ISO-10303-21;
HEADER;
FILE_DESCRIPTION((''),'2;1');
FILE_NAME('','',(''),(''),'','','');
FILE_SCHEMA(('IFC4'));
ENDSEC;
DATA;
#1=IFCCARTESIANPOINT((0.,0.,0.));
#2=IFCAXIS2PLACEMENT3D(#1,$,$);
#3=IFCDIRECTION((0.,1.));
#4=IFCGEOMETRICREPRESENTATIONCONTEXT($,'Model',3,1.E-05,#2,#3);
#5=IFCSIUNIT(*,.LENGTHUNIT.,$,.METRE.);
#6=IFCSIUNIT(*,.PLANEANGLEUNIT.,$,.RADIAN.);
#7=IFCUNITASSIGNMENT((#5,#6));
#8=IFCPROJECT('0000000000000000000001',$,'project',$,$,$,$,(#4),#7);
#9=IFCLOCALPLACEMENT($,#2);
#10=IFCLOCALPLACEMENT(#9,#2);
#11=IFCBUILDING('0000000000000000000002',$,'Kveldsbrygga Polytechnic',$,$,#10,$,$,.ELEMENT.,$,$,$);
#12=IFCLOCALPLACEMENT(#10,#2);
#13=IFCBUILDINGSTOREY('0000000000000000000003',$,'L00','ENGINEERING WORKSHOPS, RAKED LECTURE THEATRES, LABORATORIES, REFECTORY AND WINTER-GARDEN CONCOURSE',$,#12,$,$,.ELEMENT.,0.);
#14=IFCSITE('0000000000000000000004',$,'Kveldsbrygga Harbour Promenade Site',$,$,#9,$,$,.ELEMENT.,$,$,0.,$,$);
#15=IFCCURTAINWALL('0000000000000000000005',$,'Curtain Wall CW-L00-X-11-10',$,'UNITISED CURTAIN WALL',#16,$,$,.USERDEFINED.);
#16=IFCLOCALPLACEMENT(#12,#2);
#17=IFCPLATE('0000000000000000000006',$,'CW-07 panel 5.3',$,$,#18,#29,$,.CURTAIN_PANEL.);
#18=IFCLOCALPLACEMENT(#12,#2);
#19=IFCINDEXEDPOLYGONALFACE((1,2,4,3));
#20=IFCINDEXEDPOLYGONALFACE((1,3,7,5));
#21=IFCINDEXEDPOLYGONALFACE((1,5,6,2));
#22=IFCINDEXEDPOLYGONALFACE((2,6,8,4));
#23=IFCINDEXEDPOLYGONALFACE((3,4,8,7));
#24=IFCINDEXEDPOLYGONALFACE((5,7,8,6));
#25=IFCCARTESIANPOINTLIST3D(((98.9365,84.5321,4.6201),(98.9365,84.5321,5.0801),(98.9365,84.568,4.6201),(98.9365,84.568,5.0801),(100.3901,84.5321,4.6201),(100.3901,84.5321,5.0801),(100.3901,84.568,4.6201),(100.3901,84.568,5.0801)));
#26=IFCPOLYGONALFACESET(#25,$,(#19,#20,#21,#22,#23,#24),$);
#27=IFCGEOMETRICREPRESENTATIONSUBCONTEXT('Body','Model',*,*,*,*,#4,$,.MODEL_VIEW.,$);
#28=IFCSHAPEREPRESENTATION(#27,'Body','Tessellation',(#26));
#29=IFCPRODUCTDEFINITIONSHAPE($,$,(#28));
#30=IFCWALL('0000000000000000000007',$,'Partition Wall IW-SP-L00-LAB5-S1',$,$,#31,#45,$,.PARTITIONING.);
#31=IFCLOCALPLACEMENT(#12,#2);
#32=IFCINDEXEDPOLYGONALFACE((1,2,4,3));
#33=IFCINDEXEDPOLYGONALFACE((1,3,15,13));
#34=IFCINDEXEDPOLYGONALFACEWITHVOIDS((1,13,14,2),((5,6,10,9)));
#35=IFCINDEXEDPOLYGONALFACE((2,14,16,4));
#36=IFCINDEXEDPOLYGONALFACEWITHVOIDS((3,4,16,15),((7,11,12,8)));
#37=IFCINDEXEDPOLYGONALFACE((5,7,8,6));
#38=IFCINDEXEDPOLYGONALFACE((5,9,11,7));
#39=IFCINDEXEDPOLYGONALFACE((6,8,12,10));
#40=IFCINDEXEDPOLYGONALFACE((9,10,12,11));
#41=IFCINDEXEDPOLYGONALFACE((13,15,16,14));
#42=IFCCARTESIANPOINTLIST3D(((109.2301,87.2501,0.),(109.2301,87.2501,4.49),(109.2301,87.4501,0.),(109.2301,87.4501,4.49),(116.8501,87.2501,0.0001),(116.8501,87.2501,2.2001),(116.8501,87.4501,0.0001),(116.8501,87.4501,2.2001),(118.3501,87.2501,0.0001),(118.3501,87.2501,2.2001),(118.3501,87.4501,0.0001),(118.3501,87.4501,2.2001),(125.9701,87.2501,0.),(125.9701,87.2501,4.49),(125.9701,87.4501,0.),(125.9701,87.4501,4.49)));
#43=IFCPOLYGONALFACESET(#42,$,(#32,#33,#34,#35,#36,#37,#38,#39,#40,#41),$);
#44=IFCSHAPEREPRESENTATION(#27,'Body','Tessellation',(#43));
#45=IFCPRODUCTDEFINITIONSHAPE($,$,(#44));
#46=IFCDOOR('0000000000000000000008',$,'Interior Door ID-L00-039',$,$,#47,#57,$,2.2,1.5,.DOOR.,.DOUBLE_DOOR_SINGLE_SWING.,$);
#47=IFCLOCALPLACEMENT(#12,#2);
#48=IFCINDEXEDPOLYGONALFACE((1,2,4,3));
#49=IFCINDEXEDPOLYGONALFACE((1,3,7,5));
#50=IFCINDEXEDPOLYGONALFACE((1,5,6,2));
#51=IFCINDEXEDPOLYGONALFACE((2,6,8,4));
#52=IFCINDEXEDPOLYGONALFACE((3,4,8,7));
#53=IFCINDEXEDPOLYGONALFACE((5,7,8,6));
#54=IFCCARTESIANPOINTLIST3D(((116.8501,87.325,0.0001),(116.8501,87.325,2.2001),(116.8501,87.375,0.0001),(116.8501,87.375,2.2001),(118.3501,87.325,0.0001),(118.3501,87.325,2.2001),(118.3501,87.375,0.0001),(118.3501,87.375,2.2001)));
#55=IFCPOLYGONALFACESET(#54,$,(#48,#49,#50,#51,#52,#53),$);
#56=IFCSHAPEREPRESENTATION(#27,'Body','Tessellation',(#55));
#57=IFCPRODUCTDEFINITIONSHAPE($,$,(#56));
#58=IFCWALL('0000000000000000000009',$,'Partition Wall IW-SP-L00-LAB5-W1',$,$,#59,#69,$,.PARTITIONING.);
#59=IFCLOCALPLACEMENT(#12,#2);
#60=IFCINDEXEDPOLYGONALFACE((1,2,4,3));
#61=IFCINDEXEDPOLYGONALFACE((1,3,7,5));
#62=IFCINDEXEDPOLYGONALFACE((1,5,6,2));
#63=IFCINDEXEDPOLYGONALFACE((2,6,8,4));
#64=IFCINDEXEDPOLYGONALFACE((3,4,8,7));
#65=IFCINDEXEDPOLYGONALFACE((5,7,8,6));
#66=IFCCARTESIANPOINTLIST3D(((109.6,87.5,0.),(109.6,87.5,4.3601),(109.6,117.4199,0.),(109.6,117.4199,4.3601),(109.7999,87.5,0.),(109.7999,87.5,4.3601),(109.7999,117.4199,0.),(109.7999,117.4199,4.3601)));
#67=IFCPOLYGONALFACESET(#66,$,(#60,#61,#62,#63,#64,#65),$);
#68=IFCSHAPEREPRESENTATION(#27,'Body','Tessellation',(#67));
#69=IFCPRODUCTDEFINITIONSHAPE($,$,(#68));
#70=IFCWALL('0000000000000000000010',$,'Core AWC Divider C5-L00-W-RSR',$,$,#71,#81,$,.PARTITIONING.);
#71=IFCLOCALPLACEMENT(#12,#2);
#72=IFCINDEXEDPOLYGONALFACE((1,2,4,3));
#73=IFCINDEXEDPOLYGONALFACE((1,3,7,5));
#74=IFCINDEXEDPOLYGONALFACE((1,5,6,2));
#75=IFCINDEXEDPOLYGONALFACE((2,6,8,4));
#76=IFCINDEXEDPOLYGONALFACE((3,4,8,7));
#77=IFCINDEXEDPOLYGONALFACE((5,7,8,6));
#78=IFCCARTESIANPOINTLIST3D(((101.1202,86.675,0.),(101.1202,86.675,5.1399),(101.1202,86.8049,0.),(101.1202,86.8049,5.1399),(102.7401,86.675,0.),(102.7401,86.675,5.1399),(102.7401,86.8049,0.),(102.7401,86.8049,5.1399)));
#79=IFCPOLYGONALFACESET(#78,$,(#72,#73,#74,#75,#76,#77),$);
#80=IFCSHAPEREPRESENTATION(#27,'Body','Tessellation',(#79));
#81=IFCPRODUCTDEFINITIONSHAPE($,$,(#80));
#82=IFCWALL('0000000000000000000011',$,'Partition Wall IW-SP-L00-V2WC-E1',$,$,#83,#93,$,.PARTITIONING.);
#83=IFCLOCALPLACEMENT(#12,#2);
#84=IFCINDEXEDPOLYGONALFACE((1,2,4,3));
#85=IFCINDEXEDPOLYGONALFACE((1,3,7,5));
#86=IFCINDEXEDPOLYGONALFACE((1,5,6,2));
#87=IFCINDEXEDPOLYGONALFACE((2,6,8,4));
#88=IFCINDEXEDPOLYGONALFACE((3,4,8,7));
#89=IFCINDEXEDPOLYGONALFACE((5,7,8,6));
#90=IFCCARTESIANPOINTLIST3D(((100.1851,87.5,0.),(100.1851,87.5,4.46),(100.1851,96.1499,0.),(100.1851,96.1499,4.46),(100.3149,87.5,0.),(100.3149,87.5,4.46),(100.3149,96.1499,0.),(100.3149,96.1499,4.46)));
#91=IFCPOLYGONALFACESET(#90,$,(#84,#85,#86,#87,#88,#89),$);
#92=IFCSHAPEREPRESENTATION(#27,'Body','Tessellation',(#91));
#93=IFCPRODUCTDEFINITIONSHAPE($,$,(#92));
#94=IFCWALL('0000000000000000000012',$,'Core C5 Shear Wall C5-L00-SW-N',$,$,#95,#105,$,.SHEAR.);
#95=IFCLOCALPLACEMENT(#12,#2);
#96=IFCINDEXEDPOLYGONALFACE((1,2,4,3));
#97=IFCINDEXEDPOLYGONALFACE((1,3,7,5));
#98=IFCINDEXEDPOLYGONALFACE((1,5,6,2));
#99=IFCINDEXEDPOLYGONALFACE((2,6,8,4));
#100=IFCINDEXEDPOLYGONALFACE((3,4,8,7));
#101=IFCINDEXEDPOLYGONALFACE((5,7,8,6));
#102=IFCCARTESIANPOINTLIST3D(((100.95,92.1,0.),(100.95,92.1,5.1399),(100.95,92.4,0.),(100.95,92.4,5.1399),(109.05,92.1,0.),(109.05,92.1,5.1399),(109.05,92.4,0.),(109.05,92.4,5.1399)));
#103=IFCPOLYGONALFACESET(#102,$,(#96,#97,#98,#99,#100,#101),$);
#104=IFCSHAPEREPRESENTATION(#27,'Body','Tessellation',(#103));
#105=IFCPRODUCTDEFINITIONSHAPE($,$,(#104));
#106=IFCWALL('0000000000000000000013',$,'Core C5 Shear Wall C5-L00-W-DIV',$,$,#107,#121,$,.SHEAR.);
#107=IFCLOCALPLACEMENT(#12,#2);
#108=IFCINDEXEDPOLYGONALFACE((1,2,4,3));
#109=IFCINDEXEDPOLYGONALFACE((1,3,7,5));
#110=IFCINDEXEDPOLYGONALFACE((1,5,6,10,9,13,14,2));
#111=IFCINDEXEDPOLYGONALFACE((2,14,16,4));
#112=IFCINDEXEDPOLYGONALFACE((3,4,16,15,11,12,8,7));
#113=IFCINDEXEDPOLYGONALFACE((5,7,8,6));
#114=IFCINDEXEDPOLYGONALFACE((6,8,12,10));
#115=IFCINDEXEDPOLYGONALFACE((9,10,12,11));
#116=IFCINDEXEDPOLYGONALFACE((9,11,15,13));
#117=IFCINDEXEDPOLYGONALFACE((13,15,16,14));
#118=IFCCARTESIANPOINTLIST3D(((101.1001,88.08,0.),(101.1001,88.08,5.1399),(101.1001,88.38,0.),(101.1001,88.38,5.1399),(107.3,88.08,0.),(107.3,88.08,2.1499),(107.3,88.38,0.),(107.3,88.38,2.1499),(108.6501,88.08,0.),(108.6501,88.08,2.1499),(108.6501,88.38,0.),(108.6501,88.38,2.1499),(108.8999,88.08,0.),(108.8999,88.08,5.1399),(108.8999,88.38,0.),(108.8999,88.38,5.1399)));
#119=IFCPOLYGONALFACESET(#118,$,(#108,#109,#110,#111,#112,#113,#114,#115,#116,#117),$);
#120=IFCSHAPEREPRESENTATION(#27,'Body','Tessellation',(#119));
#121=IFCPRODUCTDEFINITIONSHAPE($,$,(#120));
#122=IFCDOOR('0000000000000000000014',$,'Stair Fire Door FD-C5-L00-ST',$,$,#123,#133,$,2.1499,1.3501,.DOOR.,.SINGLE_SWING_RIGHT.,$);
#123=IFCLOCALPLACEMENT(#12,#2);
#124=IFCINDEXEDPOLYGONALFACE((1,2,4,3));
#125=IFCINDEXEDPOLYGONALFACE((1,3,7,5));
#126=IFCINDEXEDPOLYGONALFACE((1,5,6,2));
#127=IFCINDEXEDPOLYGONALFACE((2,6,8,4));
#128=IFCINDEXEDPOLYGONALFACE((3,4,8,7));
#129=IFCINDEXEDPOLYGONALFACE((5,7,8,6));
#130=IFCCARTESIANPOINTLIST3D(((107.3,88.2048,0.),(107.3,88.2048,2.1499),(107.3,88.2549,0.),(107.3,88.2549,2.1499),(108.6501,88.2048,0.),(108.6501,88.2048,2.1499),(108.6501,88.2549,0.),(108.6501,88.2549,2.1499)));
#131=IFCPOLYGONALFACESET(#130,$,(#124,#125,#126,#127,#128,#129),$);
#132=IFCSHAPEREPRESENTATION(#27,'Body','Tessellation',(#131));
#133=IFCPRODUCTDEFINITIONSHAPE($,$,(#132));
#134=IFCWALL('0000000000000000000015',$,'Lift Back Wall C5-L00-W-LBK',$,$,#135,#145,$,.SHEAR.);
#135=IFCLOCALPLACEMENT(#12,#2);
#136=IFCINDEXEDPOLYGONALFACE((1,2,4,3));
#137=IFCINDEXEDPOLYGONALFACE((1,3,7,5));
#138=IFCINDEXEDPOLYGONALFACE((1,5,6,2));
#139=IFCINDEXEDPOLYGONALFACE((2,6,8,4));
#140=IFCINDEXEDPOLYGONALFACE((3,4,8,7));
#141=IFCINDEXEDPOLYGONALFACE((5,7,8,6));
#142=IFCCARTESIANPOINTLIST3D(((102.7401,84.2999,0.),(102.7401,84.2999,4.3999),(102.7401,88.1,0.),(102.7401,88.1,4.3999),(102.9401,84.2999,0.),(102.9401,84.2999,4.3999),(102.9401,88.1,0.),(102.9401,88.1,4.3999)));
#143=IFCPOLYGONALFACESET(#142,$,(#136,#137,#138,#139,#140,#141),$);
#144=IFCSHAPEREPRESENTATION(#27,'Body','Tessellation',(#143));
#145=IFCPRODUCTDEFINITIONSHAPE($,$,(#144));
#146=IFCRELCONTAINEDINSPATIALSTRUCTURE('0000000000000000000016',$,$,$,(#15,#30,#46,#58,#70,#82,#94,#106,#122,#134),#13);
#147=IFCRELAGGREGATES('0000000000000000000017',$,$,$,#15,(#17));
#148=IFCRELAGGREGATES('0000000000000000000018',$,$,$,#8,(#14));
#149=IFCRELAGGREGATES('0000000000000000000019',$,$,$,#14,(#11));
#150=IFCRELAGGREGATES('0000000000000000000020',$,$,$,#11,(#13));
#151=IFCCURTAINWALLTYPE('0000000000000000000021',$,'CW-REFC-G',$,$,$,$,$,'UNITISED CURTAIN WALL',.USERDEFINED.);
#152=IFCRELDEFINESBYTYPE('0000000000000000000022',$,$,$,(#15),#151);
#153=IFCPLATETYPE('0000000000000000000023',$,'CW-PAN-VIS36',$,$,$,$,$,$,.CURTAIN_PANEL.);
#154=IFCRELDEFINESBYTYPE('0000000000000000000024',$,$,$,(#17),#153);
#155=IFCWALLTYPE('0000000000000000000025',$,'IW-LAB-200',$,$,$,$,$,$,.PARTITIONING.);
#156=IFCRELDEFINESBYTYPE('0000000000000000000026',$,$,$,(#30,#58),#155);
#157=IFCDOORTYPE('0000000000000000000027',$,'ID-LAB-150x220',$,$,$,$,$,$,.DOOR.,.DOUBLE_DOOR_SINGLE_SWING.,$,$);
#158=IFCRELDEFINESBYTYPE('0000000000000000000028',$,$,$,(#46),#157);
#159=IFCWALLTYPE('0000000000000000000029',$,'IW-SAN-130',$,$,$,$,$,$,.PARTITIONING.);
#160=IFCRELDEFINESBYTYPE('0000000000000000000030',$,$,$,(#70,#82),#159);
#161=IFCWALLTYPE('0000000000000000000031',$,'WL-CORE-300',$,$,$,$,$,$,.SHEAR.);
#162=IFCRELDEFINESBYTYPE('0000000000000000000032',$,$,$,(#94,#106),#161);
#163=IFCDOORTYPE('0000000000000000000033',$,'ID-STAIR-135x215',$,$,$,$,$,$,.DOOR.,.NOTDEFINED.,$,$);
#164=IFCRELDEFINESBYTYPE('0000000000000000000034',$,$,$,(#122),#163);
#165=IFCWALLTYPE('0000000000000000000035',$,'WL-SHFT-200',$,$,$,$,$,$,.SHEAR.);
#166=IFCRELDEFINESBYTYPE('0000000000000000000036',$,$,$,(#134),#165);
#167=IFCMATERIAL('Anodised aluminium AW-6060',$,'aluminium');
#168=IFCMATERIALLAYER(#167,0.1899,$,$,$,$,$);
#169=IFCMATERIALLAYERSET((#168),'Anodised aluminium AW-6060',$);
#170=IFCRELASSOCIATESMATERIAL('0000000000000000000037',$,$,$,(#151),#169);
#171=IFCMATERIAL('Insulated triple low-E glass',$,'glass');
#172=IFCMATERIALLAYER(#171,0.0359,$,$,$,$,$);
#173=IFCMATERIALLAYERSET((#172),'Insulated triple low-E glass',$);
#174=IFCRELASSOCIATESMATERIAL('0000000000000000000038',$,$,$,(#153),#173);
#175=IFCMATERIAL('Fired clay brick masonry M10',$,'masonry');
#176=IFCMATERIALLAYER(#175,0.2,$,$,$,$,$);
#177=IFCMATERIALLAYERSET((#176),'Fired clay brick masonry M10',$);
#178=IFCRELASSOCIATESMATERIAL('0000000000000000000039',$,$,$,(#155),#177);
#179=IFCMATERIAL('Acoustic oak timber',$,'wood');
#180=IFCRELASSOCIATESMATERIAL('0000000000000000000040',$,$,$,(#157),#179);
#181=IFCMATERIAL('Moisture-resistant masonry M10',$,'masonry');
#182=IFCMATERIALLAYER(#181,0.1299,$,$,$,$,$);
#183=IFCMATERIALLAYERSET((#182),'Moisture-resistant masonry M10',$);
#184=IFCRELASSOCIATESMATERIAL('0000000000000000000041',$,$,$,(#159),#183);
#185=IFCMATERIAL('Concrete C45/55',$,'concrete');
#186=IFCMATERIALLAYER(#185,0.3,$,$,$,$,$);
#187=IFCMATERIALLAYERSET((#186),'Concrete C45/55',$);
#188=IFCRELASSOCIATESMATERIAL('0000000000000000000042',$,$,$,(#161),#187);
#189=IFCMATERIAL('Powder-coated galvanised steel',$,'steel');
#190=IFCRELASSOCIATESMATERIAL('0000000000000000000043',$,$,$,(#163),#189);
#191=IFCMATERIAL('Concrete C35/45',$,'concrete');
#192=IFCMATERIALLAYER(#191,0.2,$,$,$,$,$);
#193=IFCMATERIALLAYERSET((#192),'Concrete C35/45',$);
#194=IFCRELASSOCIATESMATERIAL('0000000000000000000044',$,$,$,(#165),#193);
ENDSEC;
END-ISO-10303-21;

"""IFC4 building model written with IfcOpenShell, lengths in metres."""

from ifc_helpers import new_model, si_unit, direction, frame, frame_2d, origin, origin_2d, place, context, subcontext, project, spatial, rectangle, extrude, material, layer, layer_set, type_object, element, fill, aggregate, save


model = new_model("IFC4")

# Units and contexts
model_context = context("Model", 3, precision=1e-05, world=origin(), true_north=direction((0.0, 1.0)))
body_context = subcontext(model_context, "Body", "Model", "MODEL_VIEW")
ifc_project = project(units=[si_unit("LENGTHUNIT", "METRE"), si_unit("PLANEANGLEUNIT", "RADIAN")], contexts=[model_context])

# Site, building, storey
site_placement = place(None, origin())
site = spatial("IfcSite", under=ifc_project, at=site_placement, Name="Kveldsbrygga Harbour Promenade Site", CompositionType="ELEMENT", RefElevation=0.0)
building_placement = place(site_placement, origin())
building = spatial("IfcBuilding", under=site, at=building_placement, Name="Kveldsbrygga Polytechnic", CompositionType="ELEMENT")
storey_placement = place(building_placement, origin())
storey = spatial("IfcBuildingStorey", under=building, at=storey_placement, Name="L00", Description="ENGINEERING WORKSHOPS, RAKED LECTURE THEATRES, LABORATORIES, REFECTORY AND WINTER-GARDEN CONCOURSE", CompositionType="ELEMENT", Elevation=0.0)

# Shared definitions
ifc_material_1 = material(Name="Concrete C45/55", Category="concrete")

# Shared definitions
ifc_material_2 = material(Name="Concrete C35/45", Category="concrete")

# Curtain wall
ifc_material_3 = material(Name="Anodised aluminium AW-6060", Category="aluminium")
ifc_layer_1 = layer(ifc_material_3, 0.1899)
ifc_layer_set_1 = layer_set([ifc_layer_1], Name="Anodised aluminium AW-6060")
curtain_wall_type = type_object("IfcCurtainWallType", Name="CW-REFC-G", ElementType="UNITISED CURTAIN WALL", PredefinedType="USERDEFINED", material=ifc_layer_set_1)
curtain_wall_placement = place(storey_placement, origin())
curtain_wall = element("IfcCurtainWall", 1, at=curtain_wall_placement, inside=storey, type_object=curtain_wall_type, Name="Curtain Wall CW-L00-X-11-10", ObjectType="UNITISED CURTAIN WALL", PredefinedType="USERDEFINED")

# Plate
ifc_material_4 = material(Name="Insulated triple low-E glass", Category="glass")
ifc_layer_2 = layer(ifc_material_4, 0.0359)
ifc_layer_set_2 = layer_set([ifc_layer_2], Name="Insulated triple low-E glass")
plate_type = type_object("IfcPlateType", Name="CW-PAN-VIS36", PredefinedType="CURTAIN_PANEL", material=ifc_layer_set_2)
plate_1_placement = place(storey_placement, frame((99.6633, 84.55, 4.6201), z_axis=(0.0, 0.0, 1.0), x_axis=(1.0, 0.0, 0.0)))
plate_1 = element("IfcPlate", 2, at=plate_1_placement, type_object=plate_type, Name="CW-07 panel 5.3", PredefinedType="CURTAIN_PANEL", context=body_context, shape_type="SweptSolid", body=[
    extrude(rectangle(XDim=1.4536, YDim=0.0359, at=origin_2d()), origin(), (0.0, 0.0, 1.0), 0.46),
])
aggregate(curtain_wall, [plate_1])

# Wall, opening, door
ifc_material_5 = material(Name="Fired clay brick masonry M10", Category="masonry")
ifc_layer_3 = layer(ifc_material_5, 0.2)
ifc_layer_set_3 = layer_set([ifc_layer_3], Name="Fired clay brick masonry M10")
wall_type_1 = type_object("IfcWallType", Name="IW-LAB-200", PredefinedType="PARTITIONING", material=ifc_layer_set_3)
wall_1_placement = place(storey_placement, frame((109.23, 87.3501, 0.0), z_axis=(0.0, 0.0, 1.0), x_axis=(1.0, 0.0, 0.0)))
wall_1 = element("IfcWall", 3, at=wall_1_placement, inside=storey, type_object=wall_type_1, Name="Partition Wall IW-SP-L00-LAB5-S1", PredefinedType="PARTITIONING", context=body_context, shape_type="SweptSolid", body=[
    extrude(rectangle(XDim=16.74, YDim=0.2, at=frame_2d((8.3701, 0.0))), origin(), (0.0, 0.0, 1.0), 4.49),
])
opening_1_placement = place(wall_1_placement, frame((7.6201, 0.0, 0.0)))
opening_1 = element("IfcOpeningElement", 4, at=opening_1_placement, cuts=wall_1, PredefinedType="OPENING", context=body_context, shape_type="SweptSolid", body=[
    extrude(rectangle(XDim=1.5, YDim=2.2, at=frame_2d((0.75, 1.1001))), frame((0.0, 0.1099, 0.0), z_axis=(0.0, -1.0, 0.0), x_axis=(1.0, 0.0, 0.0)), (0.0, 0.0, 1.0), 0.22),
])
ifc_material_6 = material(Name="Acoustic oak timber", Category="wood")
door_type_1 = type_object("IfcDoorType", Name="ID-LAB-150x220", OperationType="DOUBLE_DOOR_SINGLE_SWING", PredefinedType="DOOR", material=ifc_material_6)
door_1_placement = place(opening_1_placement, origin())
door_1 = element("IfcDoor", 5, at=door_1_placement, inside=storey, type_object=door_type_1, Name="Interior Door ID-L00-039", OperationType="DOUBLE_DOOR_SINGLE_SWING", OverallHeight=2.2, OverallWidth=1.5, PredefinedType="DOOR", context=body_context, shape_type="SweptSolid", body=[
    extrude(rectangle(XDim=1.5, YDim=2.2, at=frame_2d((0.75, 1.1001))), frame((0.0, 0.0249, 0.0), z_axis=(0.0, -1.0, 0.0), x_axis=(1.0, 0.0, 0.0)), (0.0, 0.0, 1.0), 0.05),
])
fill(opening_1, door_1)

# Walls
wall_2_placement = place(storey_placement, frame((109.7, 87.5, 0.0), z_axis=(0.0, 0.0, 1.0), x_axis=(0.0, 1.0, 0.0)))
element("IfcWall", 6, at=wall_2_placement, inside=storey, type_object=wall_type_1, Name="Partition Wall IW-SP-L00-LAB5-W1", PredefinedType="PARTITIONING", context=body_context, shape_type="SweptSolid", body=[
    extrude(rectangle(XDim=29.9199, YDim=0.2, at=frame_2d((14.96, 0.0))), origin(), (0.0, 0.0, 1.0), 4.3601),
])
ifc_material_7 = material(Name="Moisture-resistant masonry M10", Category="masonry")
ifc_layer_4 = layer(ifc_material_7, 0.1299)
ifc_layer_set_4 = layer_set([ifc_layer_4], Name="Moisture-resistant masonry M10")
wall_type_2 = type_object("IfcWallType", Name="IW-SAN-130", PredefinedType="PARTITIONING", material=ifc_layer_set_4)
wall_3_placement = place(storey_placement, frame((101.1201, 86.74, 0.0), z_axis=(0.0, 0.0, 1.0), x_axis=(1.0, 0.0, 0.0)))
element("IfcWall", 7, at=wall_3_placement, inside=storey, type_object=wall_type_2, Name="Core AWC Divider C5-L00-W-RSR", PredefinedType="PARTITIONING", context=body_context, shape_type="SweptSolid", body=[
    extrude(rectangle(XDim=1.6199, YDim=0.1299, at=frame_2d((0.8101, 0.0))), origin(), (0.0, 0.0, 1.0), 5.1399),
])
wall_4_placement = place(storey_placement, frame((100.25, 87.5, 0.0), z_axis=(0.0, 0.0, 1.0), x_axis=(0.0, 1.0, 0.0)))
element("IfcWall", 8, at=wall_4_placement, inside=storey, type_object=wall_type_2, Name="Partition Wall IW-SP-L00-V2WC-E1", PredefinedType="PARTITIONING", context=body_context, shape_type="SweptSolid", body=[
    extrude(rectangle(XDim=8.6499, YDim=0.1299, at=frame_2d((4.325, 0.0))), origin(), (0.0, 0.0, 1.0), 4.46),
])
ifc_layer_5 = layer(ifc_material_1, 0.3)
ifc_layer_set_5 = layer_set([ifc_layer_5], Name="Concrete C45/55")
wall_type_3 = type_object("IfcWallType", Name="WL-CORE-300", PredefinedType="SHEAR", material=ifc_layer_set_5)
wall_5_placement = place(storey_placement, frame((100.95, 92.25, 0.0), z_axis=(0.0, 0.0, 1.0), x_axis=(1.0, 0.0, 0.0)))
element("IfcWall", 9, at=wall_5_placement, inside=storey, type_object=wall_type_3, Name="Core C5 Shear Wall C5-L00-SW-N", PredefinedType="SHEAR", context=body_context, shape_type="SweptSolid", body=[
    extrude(rectangle(XDim=8.1001, YDim=0.3, at=frame_2d((4.05, 0.0))), origin(), (0.0, 0.0, 1.0), 5.1399),
])

# Wall, opening, door
wall_6_placement = place(storey_placement, frame((101.1001, 88.23, 0.0), z_axis=(0.0, 0.0, 1.0), x_axis=(1.0, 0.0, 0.0)))
wall_6 = element("IfcWall", 10, at=wall_6_placement, inside=storey, type_object=wall_type_3, Name="Core C5 Shear Wall C5-L00-W-DIV", PredefinedType="SHEAR", context=body_context, shape_type="SweptSolid", body=[
    extrude(rectangle(XDim=7.7998, YDim=0.3, at=frame_2d((3.8999, 0.0))), origin(), (0.0, 0.0, 1.0), 5.1399),
])
opening_2_placement = place(wall_6_placement, frame((6.2, 0.0, 0.0)))
opening_2 = element("IfcOpeningElement", 11, at=opening_2_placement, cuts=wall_6, PredefinedType="OPENING", context=body_context, shape_type="SweptSolid", body=[
    extrude(rectangle(XDim=1.3501, YDim=2.1499, at=frame_2d((0.675, 1.075))), frame((0.0, 0.1602, 0.0), z_axis=(0.0, -1.0, 0.0), x_axis=(1.0, 0.0, 0.0)), (0.0, 0.0, 1.0), 0.3201),
])
ifc_material_8 = material(Name="Powder-coated galvanised steel", Category="steel")
door_type_2 = type_object("IfcDoorType", Name="ID-STAIR-135x215", OperationType="NOTDEFINED", PredefinedType="DOOR", material=ifc_material_8)
door_2_placement = place(opening_2_placement, origin())
door_2 = element("IfcDoor", 12, at=door_2_placement, inside=storey, type_object=door_type_2, Name="Stair Fire Door FD-C5-L00-ST", OperationType="SINGLE_SWING_RIGHT", OverallHeight=2.1499, OverallWidth=1.3501, PredefinedType="DOOR", context=body_context, shape_type="SweptSolid", body=[
    extrude(rectangle(XDim=1.3501, YDim=2.1499, at=frame_2d((0.675, 1.075))), frame((0.0, 0.0249, 0.0), z_axis=(0.0, -1.0, 0.0), x_axis=(1.0, 0.0, 0.0)), (0.0, 0.0, 1.0), 0.05),
])
fill(opening_2, door_2)
ifc_layer_6 = layer(ifc_material_2, 0.2)
ifc_layer_set_6 = layer_set([ifc_layer_6], Name="Concrete C35/45")
wall_type_4 = type_object("IfcWallType", Name="WL-SHFT-200", PredefinedType="SHEAR", material=ifc_layer_set_6)

# Wall
wall_7_placement = place(storey_placement, frame((102.8401, 84.3, 0.0), z_axis=(0.0, 0.0, 1.0), x_axis=(0.0, 1.0, 0.0)))
element("IfcWall", 13, at=wall_7_placement, inside=storey, type_object=wall_type_4, Name="Lift Back Wall C5-L00-W-LBK", PredefinedType="SHEAR", context=body_context, shape_type="SweptSolid", body=[
    extrude(rectangle(XDim=3.8, YDim=0.2, at=frame_2d((1.8999, 0.0))), origin(), (0.0, 0.0, 1.0), 4.3999),
])

save(model, "model.ifc")
